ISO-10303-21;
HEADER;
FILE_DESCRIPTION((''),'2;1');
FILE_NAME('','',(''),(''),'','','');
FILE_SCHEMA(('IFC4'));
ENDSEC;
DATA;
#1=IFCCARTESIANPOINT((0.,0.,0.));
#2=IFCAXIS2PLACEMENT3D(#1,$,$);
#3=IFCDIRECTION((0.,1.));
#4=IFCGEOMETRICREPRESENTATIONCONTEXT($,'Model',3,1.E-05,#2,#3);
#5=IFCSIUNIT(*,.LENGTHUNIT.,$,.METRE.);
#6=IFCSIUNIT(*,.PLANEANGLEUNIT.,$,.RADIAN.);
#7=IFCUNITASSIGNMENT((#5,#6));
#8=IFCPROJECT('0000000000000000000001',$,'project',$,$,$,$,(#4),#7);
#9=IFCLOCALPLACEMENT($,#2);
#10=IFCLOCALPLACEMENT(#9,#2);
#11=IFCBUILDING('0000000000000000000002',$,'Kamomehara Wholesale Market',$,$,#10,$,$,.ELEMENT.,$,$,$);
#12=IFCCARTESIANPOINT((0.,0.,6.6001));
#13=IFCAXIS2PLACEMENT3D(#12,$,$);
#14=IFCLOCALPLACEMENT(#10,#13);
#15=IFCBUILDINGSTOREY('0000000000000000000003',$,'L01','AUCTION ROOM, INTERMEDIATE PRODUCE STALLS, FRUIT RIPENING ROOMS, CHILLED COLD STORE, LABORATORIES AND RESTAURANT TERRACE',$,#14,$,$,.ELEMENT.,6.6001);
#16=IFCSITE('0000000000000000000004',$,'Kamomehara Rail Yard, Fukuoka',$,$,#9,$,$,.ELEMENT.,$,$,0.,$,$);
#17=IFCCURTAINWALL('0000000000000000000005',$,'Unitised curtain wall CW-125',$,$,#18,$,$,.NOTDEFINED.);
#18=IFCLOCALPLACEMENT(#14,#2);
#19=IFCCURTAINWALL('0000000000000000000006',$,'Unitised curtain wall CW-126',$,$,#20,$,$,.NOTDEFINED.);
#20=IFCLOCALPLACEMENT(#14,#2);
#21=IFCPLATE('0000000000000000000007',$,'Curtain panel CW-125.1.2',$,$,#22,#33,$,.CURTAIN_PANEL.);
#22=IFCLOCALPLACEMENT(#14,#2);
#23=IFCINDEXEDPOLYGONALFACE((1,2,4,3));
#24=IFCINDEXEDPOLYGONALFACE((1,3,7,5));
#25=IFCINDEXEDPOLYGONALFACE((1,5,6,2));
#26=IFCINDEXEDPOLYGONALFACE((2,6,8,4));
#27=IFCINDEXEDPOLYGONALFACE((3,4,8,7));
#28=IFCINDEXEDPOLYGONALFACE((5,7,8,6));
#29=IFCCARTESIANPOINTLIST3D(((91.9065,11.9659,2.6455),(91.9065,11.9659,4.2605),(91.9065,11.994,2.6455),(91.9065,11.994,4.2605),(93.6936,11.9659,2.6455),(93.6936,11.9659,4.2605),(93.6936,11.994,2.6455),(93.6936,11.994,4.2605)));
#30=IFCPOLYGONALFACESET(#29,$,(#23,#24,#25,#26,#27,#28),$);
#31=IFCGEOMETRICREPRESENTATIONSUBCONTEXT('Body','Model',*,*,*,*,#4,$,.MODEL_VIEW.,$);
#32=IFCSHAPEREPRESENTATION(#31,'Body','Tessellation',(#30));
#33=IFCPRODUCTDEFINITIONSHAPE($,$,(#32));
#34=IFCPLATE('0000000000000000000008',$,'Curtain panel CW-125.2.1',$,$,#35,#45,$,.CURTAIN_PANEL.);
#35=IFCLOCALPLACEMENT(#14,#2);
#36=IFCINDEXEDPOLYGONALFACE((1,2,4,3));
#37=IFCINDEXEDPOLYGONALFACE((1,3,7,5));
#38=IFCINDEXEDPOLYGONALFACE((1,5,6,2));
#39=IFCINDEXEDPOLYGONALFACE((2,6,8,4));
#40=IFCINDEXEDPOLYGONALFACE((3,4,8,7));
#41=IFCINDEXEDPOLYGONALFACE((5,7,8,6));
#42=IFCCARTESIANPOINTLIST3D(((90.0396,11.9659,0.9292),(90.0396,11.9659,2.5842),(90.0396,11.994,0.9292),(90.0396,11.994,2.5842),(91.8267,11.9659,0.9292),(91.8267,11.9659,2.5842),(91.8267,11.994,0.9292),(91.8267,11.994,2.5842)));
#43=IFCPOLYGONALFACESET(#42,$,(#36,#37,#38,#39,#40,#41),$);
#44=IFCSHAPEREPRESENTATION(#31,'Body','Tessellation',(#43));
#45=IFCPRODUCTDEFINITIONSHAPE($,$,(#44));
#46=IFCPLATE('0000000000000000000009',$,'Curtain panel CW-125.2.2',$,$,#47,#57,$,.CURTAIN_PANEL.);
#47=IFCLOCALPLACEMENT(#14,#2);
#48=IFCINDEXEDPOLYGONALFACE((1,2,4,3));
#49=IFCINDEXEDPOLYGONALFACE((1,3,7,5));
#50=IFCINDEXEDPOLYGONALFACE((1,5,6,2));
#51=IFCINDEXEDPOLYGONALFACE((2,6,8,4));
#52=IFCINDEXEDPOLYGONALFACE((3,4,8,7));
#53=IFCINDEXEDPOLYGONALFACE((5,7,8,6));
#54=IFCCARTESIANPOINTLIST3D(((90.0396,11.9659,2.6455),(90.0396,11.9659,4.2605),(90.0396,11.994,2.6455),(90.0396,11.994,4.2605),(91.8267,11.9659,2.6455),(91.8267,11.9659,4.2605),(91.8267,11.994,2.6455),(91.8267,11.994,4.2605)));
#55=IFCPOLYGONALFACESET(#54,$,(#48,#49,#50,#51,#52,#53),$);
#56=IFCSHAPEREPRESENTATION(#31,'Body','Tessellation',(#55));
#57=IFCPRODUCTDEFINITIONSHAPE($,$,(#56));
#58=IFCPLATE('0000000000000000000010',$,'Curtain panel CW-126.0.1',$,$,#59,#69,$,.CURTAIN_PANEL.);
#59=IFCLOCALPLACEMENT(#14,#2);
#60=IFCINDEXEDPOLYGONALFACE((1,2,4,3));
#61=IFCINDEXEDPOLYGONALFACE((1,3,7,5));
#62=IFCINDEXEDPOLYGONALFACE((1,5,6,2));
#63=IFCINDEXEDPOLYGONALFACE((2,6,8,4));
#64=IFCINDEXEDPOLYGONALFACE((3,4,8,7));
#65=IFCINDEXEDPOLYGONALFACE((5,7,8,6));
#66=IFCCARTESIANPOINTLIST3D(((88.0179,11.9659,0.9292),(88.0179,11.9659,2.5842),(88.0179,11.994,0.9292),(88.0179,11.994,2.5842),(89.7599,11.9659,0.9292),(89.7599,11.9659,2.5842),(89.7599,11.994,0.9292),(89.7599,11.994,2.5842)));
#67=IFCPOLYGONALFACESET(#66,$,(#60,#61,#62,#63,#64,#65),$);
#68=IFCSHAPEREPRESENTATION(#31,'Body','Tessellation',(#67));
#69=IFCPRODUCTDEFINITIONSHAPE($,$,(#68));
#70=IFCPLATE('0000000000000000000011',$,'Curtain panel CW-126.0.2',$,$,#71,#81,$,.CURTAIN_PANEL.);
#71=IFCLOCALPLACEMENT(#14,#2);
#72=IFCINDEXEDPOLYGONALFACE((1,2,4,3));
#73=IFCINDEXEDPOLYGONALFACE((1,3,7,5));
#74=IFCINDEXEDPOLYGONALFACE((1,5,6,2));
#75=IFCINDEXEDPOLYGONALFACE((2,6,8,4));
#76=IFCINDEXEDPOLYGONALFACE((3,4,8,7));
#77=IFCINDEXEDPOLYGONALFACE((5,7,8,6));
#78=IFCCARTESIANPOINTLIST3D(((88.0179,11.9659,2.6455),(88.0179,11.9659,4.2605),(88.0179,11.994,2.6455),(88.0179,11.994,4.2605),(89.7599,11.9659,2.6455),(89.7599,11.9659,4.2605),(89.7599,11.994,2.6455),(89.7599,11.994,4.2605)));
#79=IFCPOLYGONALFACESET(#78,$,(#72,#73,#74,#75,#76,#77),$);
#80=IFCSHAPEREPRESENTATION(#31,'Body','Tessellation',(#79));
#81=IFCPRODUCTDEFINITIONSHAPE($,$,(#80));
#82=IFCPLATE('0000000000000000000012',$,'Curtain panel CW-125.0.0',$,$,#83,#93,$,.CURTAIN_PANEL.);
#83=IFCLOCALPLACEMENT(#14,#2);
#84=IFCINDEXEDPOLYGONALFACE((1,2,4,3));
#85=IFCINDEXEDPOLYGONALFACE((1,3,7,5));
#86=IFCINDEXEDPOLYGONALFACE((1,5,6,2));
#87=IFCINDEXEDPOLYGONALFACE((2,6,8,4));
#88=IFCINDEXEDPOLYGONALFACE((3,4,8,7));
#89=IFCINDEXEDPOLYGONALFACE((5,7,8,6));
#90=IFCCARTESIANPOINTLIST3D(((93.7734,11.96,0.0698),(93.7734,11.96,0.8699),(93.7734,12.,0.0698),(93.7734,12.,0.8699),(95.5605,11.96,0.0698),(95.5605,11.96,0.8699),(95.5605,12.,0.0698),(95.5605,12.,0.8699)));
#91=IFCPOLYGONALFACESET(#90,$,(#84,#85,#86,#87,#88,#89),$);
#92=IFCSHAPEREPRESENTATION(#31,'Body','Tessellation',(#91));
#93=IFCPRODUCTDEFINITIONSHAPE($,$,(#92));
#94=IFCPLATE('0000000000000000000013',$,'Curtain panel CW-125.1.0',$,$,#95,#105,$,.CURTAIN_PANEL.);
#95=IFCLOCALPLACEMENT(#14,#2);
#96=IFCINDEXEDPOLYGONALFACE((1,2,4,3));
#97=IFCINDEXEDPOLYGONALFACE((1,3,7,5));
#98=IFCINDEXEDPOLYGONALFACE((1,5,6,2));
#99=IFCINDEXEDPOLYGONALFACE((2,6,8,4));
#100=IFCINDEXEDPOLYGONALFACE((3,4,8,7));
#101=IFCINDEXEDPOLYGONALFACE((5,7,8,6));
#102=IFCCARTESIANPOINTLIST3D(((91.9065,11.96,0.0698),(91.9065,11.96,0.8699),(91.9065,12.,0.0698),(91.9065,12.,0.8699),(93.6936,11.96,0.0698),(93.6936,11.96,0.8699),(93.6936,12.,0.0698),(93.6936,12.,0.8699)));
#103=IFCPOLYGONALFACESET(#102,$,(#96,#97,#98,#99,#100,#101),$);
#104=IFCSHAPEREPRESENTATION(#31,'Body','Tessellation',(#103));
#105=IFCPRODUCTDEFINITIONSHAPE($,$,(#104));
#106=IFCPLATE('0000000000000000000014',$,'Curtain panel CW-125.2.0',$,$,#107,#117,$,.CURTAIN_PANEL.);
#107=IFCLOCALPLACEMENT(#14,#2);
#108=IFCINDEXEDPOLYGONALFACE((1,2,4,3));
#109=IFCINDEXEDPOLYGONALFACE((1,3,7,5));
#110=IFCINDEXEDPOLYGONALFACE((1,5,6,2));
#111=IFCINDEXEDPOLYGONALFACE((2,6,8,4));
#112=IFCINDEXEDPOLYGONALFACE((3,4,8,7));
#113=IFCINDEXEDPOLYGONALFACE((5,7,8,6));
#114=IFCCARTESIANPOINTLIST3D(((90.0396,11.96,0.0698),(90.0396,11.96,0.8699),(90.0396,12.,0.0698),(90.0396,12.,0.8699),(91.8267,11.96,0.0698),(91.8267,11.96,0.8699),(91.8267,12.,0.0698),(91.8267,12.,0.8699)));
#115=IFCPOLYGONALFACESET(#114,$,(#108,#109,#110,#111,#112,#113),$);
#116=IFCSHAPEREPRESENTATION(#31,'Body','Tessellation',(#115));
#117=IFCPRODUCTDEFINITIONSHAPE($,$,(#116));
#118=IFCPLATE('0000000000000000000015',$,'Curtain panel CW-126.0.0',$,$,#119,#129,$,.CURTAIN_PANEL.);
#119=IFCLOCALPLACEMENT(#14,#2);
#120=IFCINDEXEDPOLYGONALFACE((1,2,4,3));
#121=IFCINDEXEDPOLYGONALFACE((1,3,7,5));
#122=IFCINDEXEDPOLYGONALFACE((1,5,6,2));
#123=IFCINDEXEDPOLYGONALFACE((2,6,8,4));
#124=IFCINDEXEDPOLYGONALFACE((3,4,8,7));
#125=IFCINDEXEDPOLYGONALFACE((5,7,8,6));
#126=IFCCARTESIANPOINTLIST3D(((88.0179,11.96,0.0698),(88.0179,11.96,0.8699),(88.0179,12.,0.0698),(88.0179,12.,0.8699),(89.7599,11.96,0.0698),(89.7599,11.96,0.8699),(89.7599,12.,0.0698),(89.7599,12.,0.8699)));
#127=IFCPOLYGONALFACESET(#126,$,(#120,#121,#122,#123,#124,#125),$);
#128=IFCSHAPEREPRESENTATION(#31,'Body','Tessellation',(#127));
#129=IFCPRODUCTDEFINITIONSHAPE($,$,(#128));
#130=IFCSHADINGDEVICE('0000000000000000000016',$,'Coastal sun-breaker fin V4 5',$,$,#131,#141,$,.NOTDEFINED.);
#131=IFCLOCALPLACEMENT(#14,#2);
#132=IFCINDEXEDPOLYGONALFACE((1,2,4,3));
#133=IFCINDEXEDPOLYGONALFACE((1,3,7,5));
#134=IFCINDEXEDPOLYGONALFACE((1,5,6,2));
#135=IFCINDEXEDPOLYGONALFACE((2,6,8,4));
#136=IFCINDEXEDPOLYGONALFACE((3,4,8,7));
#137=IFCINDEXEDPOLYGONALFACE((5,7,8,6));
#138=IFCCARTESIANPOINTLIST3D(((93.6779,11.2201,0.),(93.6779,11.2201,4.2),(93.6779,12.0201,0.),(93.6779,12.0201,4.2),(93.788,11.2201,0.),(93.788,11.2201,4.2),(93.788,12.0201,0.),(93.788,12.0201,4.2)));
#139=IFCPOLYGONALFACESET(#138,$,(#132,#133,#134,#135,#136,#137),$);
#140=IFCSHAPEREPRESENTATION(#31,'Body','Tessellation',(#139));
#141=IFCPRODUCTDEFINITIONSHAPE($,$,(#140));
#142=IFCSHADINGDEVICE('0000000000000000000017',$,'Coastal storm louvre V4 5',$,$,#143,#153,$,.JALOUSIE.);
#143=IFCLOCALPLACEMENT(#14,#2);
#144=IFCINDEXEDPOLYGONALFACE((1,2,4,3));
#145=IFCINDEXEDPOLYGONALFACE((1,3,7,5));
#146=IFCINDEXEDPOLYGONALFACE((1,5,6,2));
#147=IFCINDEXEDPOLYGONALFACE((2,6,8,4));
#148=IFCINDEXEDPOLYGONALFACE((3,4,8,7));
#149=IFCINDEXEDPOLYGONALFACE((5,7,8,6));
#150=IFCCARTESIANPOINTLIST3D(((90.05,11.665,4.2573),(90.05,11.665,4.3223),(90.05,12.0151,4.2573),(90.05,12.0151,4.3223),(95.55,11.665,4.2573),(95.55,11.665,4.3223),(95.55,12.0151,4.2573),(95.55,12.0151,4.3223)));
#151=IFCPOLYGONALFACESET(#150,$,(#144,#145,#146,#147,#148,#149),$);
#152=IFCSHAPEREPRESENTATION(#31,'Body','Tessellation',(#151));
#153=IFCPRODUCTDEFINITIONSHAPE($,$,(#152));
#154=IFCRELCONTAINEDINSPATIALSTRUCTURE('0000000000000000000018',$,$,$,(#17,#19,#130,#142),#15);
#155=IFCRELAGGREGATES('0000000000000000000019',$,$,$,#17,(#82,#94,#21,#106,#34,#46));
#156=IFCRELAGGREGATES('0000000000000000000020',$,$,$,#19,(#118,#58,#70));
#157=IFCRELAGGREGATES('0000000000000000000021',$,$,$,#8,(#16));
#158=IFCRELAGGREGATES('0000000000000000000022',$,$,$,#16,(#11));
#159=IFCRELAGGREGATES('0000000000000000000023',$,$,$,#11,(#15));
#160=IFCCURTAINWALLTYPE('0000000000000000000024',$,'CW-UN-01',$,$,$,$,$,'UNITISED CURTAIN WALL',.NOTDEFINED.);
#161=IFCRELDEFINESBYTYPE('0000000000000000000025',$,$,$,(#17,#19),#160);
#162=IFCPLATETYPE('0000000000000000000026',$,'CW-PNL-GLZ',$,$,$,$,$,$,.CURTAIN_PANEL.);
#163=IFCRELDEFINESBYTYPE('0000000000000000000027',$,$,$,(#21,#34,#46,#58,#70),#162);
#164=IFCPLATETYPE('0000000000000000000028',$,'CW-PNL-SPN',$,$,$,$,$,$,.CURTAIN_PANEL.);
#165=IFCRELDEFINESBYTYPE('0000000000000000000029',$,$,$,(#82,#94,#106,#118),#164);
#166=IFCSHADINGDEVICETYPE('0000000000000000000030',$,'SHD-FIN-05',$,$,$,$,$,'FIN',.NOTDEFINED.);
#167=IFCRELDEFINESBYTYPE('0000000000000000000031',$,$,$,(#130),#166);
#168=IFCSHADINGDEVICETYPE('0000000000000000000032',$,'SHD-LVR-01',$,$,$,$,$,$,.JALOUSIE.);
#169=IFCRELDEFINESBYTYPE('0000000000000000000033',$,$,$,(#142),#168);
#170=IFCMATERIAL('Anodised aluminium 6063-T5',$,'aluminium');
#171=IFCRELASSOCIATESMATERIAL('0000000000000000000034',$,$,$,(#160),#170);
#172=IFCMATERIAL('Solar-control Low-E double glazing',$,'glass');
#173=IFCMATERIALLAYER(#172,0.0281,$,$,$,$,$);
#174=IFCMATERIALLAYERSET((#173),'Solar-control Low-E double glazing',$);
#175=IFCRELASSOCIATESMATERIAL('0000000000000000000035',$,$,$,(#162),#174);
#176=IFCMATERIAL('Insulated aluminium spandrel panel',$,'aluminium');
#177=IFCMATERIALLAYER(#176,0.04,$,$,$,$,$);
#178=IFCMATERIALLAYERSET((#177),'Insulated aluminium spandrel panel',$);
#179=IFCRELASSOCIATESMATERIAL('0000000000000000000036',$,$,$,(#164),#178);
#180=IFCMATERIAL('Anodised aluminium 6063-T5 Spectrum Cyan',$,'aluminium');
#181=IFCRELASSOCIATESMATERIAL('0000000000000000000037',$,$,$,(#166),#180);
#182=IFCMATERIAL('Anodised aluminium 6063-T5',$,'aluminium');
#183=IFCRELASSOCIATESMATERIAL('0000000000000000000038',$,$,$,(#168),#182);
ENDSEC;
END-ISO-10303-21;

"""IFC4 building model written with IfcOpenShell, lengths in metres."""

from ifc_helpers import new_model, si_unit, direction, frame, origin, origin_2d, place, context, subcontext, project, spatial, rectangle, extrude, material, layer, layer_set, type_object, element, aggregate, save


model = new_model("IFC4")

# Units and contexts
model_context = context("Model", 3, precision=1e-05, world=origin(), true_north=direction((0.0, 1.0)))
body_context = subcontext(model_context, "Body", "Model", "MODEL_VIEW")
ifc_project = project(units=[si_unit("LENGTHUNIT", "METRE"), si_unit("PLANEANGLEUNIT", "RADIAN")], contexts=[model_context])

# Site, building, storey
site_placement = place(None, origin())
site = spatial("IfcSite", under=ifc_project, at=site_placement, Name="Kamomehara Rail Yard, Fukuoka", CompositionType="ELEMENT", RefElevation=0.0)
building_placement = place(site_placement, origin())
building = spatial("IfcBuilding", under=site, at=building_placement, Name="Kamomehara Wholesale Market", CompositionType="ELEMENT")
storey_placement = place(building_placement, frame((0.0, 0.0, 6.6001)))
storey = spatial("IfcBuildingStorey", under=building, at=storey_placement, Name="L01", Description="AUCTION ROOM, INTERMEDIATE PRODUCE STALLS, FRUIT RIPENING ROOMS, CHILLED COLD STORE, LABORATORIES AND RESTAURANT TERRACE", CompositionType="ELEMENT", Elevation=6.6001)

# Curtain walls
ifc_material_1 = material(Name="Anodised aluminium 6063-T5", Category="aluminium")
curtain_wall_type = type_object("IfcCurtainWallType", Name="CW-UN-01", ElementType="UNITISED CURTAIN WALL", PredefinedType="NOTDEFINED", material=ifc_material_1)
curtain_wall_1_placement = place(storey_placement, origin())
curtain_wall_1 = element("IfcCurtainWall", 1, at=curtain_wall_1_placement, inside=storey, type_object=curtain_wall_type, Name="Unitised curtain wall CW-125", PredefinedType="NOTDEFINED")
curtain_wall_2_placement = place(storey_placement, origin())
curtain_wall_2 = element("IfcCurtainWall", 2, at=curtain_wall_2_placement, inside=storey, type_object=curtain_wall_type, Name="Unitised curtain wall CW-126", PredefinedType="NOTDEFINED")

# Plates
ifc_material_2 = material(Name="Solar-control Low-E double glazing", Category="glass")
ifc_layer_1 = layer(ifc_material_2, 0.0281)
ifc_layer_set_1 = layer_set([ifc_layer_1], Name="Solar-control Low-E double glazing")
plate_type_1 = type_object("IfcPlateType", Name="CW-PNL-GLZ", PredefinedType="CURTAIN_PANEL", material=ifc_layer_set_1)
plate_1_placement = place(storey_placement, frame((92.8, 11.98, 2.6455), z_axis=(0.0, 0.0, 1.0), x_axis=(-1.0, 0.0, 0.0)))
plate_1 = element("IfcPlate", 3, at=plate_1_placement, type_object=plate_type_1, Name="Curtain panel CW-125.1.2", PredefinedType="CURTAIN_PANEL", context=body_context, shape_type="SweptSolid", body=[
    extrude(rectangle(XDim=1.7871, YDim=0.0281, at=origin_2d()), origin(), (0.0, 0.0, 1.0), 1.615),
])
plate_2_placement = place(storey_placement, frame((90.9331, 11.98, 0.9292), z_axis=(0.0, 0.0, 1.0), x_axis=(-1.0, 0.0, 0.0)))
plate_2 = element("IfcPlate", 4, at=plate_2_placement, type_object=plate_type_1, Name="Curtain panel CW-125.2.1", PredefinedType="CURTAIN_PANEL", context=body_context, shape_type="SweptSolid", body=[
    extrude(rectangle(XDim=1.7871, YDim=0.0281, at=origin_2d()), origin(), (0.0, 0.0, 1.0), 1.655),
])
plate_3_placement = place(storey_placement, frame((90.9331, 11.98, 2.6455), z_axis=(0.0, 0.0, 1.0), x_axis=(-1.0, 0.0, 0.0)))
plate_3 = element("IfcPlate", 5, at=plate_3_placement, type_object=plate_type_1, Name="Curtain panel CW-125.2.2", PredefinedType="CURTAIN_PANEL", context=body_context, shape_type="SweptSolid", body=[
    extrude(rectangle(XDim=1.7871, YDim=0.0281, at=origin_2d()), origin(), (0.0, 0.0, 1.0), 1.615),
])
plate_4_placement = place(storey_placement, frame((88.8889, 11.98, 0.9292), z_axis=(0.0, 0.0, 1.0), x_axis=(-1.0, 0.0, 0.0)))
plate_4 = element("IfcPlate", 6, at=plate_4_placement, type_object=plate_type_1, Name="Curtain panel CW-126.0.1", PredefinedType="CURTAIN_PANEL", context=body_context, shape_type="SweptSolid", body=[
    extrude(rectangle(XDim=1.7419, YDim=0.0281, at=origin_2d()), origin(), (0.0, 0.0, 1.0), 1.655),
])
plate_5_placement = place(storey_placement, frame((88.8889, 11.98, 2.6455), z_axis=(0.0, 0.0, 1.0), x_axis=(-1.0, 0.0, 0.0)))
plate_5 = element("IfcPlate", 7, at=plate_5_placement, type_object=plate_type_1, Name="Curtain panel CW-126.0.2", PredefinedType="CURTAIN_PANEL", context=body_context, shape_type="SweptSolid", body=[
    extrude(rectangle(XDim=1.7419, YDim=0.0281, at=origin_2d()), origin(), (0.0, 0.0, 1.0), 1.615),
])
ifc_material_3 = material(Name="Insulated aluminium spandrel panel", Category="aluminium")
ifc_layer_2 = layer(ifc_material_3, 0.04)
ifc_layer_set_2 = layer_set([ifc_layer_2], Name="Insulated aluminium spandrel panel")
plate_type_2 = type_object("IfcPlateType", Name="CW-PNL-SPN", PredefinedType="CURTAIN_PANEL", material=ifc_layer_set_2)
plate_6_placement = place(storey_placement, frame((94.667, 11.98, 0.0698), z_axis=(0.0, 0.0, 1.0), x_axis=(-1.0, 0.0, 0.0)))
plate_6 = element("IfcPlate", 8, at=plate_6_placement, type_object=plate_type_2, Name="Curtain panel CW-125.0.0", PredefinedType="CURTAIN_PANEL", context=body_context, shape_type="SweptSolid", body=[
    extrude(rectangle(XDim=1.7871, YDim=0.04, at=origin_2d()), origin(), (0.0, 0.0, 1.0), 0.8),
])
plate_7_placement = place(storey_placement, frame((92.8, 11.98, 0.0698), z_axis=(0.0, 0.0, 1.0), x_axis=(-1.0, 0.0, 0.0)))
plate_7 = element("IfcPlate", 9, at=plate_7_placement, type_object=plate_type_2, Name="Curtain panel CW-125.1.0", PredefinedType="CURTAIN_PANEL", context=body_context, shape_type="SweptSolid", body=[
    extrude(rectangle(XDim=1.7871, YDim=0.04, at=origin_2d()), origin(), (0.0, 0.0, 1.0), 0.8),
])
plate_8_placement = place(storey_placement, frame((90.9331, 11.98, 0.0698), z_axis=(0.0, 0.0, 1.0), x_axis=(-1.0, 0.0, 0.0)))
plate_8 = element("IfcPlate", 10, at=plate_8_placement, type_object=plate_type_2, Name="Curtain panel CW-125.2.0", PredefinedType="CURTAIN_PANEL", context=body_context, shape_type="SweptSolid", body=[
    extrude(rectangle(XDim=1.7871, YDim=0.04, at=origin_2d()), origin(), (0.0, 0.0, 1.0), 0.8),
])
aggregate(curtain_wall_1, [plate_6, plate_7, plate_1, plate_8, plate_2, plate_3])
plate_9_placement = place(storey_placement, frame((88.8889, 11.98, 0.0698), z_axis=(0.0, 0.0, 1.0), x_axis=(-1.0, 0.0, 0.0)))
plate_9 = element("IfcPlate", 11, at=plate_9_placement, type_object=plate_type_2, Name="Curtain panel CW-126.0.0", PredefinedType="CURTAIN_PANEL", context=body_context, shape_type="SweptSolid", body=[
    extrude(rectangle(XDim=1.7419, YDim=0.04, at=origin_2d()), origin(), (0.0, 0.0, 1.0), 0.8),
])
aggregate(curtain_wall_2, [plate_9, plate_4, plate_5])

# Shading devices
ifc_material_4 = material(Name="Anodised aluminium 6063-T5 Spectrum Cyan", Category="aluminium")
shading_device_type_1 = type_object("IfcShadingDeviceType", Name="SHD-FIN-05", ElementType="FIN", PredefinedType="NOTDEFINED", material=ifc_material_4)
shading_device_1_placement = place(storey_placement, frame((93.7329, 11.6201, 0.0), z_axis=(0.0, 0.0, 1.0), x_axis=(1.0, 0.0, 0.0)))
element("IfcShadingDevice", 12, at=shading_device_1_placement, inside=storey, type_object=shading_device_type_1, Name="Coastal sun-breaker fin V4 5", PredefinedType="NOTDEFINED", context=body_context, shape_type="SweptSolid", body=[
    extrude(rectangle(XDim=0.1101, YDim=0.8, at=origin_2d()), origin(), (0.0, 0.0, 1.0), 4.2),
])
ifc_material_5 = material(Name="Anodised aluminium 6063-T5", Category="aluminium")
shading_device_type_2 = type_object("IfcShadingDeviceType", Name="SHD-LVR-01", PredefinedType="JALOUSIE", material=ifc_material_5)
shading_device_2_placement = place(storey_placement, frame((92.8, 11.8401, 4.2573), z_axis=(0.0, 0.0, 1.0), x_axis=(1.0, 0.0, 0.0)))
element("IfcShadingDevice", 13, at=shading_device_2_placement, inside=storey, type_object=shading_device_type_2, Name="Coastal storm louvre V4 5", PredefinedType="JALOUSIE", context=body_context, shape_type="SweptSolid", body=[
    extrude(rectangle(XDim=5.5, YDim=0.3501, at=origin_2d()), origin(), (0.0, 0.0, 1.0), 0.0649),
])

save(model, "model.ifc")
